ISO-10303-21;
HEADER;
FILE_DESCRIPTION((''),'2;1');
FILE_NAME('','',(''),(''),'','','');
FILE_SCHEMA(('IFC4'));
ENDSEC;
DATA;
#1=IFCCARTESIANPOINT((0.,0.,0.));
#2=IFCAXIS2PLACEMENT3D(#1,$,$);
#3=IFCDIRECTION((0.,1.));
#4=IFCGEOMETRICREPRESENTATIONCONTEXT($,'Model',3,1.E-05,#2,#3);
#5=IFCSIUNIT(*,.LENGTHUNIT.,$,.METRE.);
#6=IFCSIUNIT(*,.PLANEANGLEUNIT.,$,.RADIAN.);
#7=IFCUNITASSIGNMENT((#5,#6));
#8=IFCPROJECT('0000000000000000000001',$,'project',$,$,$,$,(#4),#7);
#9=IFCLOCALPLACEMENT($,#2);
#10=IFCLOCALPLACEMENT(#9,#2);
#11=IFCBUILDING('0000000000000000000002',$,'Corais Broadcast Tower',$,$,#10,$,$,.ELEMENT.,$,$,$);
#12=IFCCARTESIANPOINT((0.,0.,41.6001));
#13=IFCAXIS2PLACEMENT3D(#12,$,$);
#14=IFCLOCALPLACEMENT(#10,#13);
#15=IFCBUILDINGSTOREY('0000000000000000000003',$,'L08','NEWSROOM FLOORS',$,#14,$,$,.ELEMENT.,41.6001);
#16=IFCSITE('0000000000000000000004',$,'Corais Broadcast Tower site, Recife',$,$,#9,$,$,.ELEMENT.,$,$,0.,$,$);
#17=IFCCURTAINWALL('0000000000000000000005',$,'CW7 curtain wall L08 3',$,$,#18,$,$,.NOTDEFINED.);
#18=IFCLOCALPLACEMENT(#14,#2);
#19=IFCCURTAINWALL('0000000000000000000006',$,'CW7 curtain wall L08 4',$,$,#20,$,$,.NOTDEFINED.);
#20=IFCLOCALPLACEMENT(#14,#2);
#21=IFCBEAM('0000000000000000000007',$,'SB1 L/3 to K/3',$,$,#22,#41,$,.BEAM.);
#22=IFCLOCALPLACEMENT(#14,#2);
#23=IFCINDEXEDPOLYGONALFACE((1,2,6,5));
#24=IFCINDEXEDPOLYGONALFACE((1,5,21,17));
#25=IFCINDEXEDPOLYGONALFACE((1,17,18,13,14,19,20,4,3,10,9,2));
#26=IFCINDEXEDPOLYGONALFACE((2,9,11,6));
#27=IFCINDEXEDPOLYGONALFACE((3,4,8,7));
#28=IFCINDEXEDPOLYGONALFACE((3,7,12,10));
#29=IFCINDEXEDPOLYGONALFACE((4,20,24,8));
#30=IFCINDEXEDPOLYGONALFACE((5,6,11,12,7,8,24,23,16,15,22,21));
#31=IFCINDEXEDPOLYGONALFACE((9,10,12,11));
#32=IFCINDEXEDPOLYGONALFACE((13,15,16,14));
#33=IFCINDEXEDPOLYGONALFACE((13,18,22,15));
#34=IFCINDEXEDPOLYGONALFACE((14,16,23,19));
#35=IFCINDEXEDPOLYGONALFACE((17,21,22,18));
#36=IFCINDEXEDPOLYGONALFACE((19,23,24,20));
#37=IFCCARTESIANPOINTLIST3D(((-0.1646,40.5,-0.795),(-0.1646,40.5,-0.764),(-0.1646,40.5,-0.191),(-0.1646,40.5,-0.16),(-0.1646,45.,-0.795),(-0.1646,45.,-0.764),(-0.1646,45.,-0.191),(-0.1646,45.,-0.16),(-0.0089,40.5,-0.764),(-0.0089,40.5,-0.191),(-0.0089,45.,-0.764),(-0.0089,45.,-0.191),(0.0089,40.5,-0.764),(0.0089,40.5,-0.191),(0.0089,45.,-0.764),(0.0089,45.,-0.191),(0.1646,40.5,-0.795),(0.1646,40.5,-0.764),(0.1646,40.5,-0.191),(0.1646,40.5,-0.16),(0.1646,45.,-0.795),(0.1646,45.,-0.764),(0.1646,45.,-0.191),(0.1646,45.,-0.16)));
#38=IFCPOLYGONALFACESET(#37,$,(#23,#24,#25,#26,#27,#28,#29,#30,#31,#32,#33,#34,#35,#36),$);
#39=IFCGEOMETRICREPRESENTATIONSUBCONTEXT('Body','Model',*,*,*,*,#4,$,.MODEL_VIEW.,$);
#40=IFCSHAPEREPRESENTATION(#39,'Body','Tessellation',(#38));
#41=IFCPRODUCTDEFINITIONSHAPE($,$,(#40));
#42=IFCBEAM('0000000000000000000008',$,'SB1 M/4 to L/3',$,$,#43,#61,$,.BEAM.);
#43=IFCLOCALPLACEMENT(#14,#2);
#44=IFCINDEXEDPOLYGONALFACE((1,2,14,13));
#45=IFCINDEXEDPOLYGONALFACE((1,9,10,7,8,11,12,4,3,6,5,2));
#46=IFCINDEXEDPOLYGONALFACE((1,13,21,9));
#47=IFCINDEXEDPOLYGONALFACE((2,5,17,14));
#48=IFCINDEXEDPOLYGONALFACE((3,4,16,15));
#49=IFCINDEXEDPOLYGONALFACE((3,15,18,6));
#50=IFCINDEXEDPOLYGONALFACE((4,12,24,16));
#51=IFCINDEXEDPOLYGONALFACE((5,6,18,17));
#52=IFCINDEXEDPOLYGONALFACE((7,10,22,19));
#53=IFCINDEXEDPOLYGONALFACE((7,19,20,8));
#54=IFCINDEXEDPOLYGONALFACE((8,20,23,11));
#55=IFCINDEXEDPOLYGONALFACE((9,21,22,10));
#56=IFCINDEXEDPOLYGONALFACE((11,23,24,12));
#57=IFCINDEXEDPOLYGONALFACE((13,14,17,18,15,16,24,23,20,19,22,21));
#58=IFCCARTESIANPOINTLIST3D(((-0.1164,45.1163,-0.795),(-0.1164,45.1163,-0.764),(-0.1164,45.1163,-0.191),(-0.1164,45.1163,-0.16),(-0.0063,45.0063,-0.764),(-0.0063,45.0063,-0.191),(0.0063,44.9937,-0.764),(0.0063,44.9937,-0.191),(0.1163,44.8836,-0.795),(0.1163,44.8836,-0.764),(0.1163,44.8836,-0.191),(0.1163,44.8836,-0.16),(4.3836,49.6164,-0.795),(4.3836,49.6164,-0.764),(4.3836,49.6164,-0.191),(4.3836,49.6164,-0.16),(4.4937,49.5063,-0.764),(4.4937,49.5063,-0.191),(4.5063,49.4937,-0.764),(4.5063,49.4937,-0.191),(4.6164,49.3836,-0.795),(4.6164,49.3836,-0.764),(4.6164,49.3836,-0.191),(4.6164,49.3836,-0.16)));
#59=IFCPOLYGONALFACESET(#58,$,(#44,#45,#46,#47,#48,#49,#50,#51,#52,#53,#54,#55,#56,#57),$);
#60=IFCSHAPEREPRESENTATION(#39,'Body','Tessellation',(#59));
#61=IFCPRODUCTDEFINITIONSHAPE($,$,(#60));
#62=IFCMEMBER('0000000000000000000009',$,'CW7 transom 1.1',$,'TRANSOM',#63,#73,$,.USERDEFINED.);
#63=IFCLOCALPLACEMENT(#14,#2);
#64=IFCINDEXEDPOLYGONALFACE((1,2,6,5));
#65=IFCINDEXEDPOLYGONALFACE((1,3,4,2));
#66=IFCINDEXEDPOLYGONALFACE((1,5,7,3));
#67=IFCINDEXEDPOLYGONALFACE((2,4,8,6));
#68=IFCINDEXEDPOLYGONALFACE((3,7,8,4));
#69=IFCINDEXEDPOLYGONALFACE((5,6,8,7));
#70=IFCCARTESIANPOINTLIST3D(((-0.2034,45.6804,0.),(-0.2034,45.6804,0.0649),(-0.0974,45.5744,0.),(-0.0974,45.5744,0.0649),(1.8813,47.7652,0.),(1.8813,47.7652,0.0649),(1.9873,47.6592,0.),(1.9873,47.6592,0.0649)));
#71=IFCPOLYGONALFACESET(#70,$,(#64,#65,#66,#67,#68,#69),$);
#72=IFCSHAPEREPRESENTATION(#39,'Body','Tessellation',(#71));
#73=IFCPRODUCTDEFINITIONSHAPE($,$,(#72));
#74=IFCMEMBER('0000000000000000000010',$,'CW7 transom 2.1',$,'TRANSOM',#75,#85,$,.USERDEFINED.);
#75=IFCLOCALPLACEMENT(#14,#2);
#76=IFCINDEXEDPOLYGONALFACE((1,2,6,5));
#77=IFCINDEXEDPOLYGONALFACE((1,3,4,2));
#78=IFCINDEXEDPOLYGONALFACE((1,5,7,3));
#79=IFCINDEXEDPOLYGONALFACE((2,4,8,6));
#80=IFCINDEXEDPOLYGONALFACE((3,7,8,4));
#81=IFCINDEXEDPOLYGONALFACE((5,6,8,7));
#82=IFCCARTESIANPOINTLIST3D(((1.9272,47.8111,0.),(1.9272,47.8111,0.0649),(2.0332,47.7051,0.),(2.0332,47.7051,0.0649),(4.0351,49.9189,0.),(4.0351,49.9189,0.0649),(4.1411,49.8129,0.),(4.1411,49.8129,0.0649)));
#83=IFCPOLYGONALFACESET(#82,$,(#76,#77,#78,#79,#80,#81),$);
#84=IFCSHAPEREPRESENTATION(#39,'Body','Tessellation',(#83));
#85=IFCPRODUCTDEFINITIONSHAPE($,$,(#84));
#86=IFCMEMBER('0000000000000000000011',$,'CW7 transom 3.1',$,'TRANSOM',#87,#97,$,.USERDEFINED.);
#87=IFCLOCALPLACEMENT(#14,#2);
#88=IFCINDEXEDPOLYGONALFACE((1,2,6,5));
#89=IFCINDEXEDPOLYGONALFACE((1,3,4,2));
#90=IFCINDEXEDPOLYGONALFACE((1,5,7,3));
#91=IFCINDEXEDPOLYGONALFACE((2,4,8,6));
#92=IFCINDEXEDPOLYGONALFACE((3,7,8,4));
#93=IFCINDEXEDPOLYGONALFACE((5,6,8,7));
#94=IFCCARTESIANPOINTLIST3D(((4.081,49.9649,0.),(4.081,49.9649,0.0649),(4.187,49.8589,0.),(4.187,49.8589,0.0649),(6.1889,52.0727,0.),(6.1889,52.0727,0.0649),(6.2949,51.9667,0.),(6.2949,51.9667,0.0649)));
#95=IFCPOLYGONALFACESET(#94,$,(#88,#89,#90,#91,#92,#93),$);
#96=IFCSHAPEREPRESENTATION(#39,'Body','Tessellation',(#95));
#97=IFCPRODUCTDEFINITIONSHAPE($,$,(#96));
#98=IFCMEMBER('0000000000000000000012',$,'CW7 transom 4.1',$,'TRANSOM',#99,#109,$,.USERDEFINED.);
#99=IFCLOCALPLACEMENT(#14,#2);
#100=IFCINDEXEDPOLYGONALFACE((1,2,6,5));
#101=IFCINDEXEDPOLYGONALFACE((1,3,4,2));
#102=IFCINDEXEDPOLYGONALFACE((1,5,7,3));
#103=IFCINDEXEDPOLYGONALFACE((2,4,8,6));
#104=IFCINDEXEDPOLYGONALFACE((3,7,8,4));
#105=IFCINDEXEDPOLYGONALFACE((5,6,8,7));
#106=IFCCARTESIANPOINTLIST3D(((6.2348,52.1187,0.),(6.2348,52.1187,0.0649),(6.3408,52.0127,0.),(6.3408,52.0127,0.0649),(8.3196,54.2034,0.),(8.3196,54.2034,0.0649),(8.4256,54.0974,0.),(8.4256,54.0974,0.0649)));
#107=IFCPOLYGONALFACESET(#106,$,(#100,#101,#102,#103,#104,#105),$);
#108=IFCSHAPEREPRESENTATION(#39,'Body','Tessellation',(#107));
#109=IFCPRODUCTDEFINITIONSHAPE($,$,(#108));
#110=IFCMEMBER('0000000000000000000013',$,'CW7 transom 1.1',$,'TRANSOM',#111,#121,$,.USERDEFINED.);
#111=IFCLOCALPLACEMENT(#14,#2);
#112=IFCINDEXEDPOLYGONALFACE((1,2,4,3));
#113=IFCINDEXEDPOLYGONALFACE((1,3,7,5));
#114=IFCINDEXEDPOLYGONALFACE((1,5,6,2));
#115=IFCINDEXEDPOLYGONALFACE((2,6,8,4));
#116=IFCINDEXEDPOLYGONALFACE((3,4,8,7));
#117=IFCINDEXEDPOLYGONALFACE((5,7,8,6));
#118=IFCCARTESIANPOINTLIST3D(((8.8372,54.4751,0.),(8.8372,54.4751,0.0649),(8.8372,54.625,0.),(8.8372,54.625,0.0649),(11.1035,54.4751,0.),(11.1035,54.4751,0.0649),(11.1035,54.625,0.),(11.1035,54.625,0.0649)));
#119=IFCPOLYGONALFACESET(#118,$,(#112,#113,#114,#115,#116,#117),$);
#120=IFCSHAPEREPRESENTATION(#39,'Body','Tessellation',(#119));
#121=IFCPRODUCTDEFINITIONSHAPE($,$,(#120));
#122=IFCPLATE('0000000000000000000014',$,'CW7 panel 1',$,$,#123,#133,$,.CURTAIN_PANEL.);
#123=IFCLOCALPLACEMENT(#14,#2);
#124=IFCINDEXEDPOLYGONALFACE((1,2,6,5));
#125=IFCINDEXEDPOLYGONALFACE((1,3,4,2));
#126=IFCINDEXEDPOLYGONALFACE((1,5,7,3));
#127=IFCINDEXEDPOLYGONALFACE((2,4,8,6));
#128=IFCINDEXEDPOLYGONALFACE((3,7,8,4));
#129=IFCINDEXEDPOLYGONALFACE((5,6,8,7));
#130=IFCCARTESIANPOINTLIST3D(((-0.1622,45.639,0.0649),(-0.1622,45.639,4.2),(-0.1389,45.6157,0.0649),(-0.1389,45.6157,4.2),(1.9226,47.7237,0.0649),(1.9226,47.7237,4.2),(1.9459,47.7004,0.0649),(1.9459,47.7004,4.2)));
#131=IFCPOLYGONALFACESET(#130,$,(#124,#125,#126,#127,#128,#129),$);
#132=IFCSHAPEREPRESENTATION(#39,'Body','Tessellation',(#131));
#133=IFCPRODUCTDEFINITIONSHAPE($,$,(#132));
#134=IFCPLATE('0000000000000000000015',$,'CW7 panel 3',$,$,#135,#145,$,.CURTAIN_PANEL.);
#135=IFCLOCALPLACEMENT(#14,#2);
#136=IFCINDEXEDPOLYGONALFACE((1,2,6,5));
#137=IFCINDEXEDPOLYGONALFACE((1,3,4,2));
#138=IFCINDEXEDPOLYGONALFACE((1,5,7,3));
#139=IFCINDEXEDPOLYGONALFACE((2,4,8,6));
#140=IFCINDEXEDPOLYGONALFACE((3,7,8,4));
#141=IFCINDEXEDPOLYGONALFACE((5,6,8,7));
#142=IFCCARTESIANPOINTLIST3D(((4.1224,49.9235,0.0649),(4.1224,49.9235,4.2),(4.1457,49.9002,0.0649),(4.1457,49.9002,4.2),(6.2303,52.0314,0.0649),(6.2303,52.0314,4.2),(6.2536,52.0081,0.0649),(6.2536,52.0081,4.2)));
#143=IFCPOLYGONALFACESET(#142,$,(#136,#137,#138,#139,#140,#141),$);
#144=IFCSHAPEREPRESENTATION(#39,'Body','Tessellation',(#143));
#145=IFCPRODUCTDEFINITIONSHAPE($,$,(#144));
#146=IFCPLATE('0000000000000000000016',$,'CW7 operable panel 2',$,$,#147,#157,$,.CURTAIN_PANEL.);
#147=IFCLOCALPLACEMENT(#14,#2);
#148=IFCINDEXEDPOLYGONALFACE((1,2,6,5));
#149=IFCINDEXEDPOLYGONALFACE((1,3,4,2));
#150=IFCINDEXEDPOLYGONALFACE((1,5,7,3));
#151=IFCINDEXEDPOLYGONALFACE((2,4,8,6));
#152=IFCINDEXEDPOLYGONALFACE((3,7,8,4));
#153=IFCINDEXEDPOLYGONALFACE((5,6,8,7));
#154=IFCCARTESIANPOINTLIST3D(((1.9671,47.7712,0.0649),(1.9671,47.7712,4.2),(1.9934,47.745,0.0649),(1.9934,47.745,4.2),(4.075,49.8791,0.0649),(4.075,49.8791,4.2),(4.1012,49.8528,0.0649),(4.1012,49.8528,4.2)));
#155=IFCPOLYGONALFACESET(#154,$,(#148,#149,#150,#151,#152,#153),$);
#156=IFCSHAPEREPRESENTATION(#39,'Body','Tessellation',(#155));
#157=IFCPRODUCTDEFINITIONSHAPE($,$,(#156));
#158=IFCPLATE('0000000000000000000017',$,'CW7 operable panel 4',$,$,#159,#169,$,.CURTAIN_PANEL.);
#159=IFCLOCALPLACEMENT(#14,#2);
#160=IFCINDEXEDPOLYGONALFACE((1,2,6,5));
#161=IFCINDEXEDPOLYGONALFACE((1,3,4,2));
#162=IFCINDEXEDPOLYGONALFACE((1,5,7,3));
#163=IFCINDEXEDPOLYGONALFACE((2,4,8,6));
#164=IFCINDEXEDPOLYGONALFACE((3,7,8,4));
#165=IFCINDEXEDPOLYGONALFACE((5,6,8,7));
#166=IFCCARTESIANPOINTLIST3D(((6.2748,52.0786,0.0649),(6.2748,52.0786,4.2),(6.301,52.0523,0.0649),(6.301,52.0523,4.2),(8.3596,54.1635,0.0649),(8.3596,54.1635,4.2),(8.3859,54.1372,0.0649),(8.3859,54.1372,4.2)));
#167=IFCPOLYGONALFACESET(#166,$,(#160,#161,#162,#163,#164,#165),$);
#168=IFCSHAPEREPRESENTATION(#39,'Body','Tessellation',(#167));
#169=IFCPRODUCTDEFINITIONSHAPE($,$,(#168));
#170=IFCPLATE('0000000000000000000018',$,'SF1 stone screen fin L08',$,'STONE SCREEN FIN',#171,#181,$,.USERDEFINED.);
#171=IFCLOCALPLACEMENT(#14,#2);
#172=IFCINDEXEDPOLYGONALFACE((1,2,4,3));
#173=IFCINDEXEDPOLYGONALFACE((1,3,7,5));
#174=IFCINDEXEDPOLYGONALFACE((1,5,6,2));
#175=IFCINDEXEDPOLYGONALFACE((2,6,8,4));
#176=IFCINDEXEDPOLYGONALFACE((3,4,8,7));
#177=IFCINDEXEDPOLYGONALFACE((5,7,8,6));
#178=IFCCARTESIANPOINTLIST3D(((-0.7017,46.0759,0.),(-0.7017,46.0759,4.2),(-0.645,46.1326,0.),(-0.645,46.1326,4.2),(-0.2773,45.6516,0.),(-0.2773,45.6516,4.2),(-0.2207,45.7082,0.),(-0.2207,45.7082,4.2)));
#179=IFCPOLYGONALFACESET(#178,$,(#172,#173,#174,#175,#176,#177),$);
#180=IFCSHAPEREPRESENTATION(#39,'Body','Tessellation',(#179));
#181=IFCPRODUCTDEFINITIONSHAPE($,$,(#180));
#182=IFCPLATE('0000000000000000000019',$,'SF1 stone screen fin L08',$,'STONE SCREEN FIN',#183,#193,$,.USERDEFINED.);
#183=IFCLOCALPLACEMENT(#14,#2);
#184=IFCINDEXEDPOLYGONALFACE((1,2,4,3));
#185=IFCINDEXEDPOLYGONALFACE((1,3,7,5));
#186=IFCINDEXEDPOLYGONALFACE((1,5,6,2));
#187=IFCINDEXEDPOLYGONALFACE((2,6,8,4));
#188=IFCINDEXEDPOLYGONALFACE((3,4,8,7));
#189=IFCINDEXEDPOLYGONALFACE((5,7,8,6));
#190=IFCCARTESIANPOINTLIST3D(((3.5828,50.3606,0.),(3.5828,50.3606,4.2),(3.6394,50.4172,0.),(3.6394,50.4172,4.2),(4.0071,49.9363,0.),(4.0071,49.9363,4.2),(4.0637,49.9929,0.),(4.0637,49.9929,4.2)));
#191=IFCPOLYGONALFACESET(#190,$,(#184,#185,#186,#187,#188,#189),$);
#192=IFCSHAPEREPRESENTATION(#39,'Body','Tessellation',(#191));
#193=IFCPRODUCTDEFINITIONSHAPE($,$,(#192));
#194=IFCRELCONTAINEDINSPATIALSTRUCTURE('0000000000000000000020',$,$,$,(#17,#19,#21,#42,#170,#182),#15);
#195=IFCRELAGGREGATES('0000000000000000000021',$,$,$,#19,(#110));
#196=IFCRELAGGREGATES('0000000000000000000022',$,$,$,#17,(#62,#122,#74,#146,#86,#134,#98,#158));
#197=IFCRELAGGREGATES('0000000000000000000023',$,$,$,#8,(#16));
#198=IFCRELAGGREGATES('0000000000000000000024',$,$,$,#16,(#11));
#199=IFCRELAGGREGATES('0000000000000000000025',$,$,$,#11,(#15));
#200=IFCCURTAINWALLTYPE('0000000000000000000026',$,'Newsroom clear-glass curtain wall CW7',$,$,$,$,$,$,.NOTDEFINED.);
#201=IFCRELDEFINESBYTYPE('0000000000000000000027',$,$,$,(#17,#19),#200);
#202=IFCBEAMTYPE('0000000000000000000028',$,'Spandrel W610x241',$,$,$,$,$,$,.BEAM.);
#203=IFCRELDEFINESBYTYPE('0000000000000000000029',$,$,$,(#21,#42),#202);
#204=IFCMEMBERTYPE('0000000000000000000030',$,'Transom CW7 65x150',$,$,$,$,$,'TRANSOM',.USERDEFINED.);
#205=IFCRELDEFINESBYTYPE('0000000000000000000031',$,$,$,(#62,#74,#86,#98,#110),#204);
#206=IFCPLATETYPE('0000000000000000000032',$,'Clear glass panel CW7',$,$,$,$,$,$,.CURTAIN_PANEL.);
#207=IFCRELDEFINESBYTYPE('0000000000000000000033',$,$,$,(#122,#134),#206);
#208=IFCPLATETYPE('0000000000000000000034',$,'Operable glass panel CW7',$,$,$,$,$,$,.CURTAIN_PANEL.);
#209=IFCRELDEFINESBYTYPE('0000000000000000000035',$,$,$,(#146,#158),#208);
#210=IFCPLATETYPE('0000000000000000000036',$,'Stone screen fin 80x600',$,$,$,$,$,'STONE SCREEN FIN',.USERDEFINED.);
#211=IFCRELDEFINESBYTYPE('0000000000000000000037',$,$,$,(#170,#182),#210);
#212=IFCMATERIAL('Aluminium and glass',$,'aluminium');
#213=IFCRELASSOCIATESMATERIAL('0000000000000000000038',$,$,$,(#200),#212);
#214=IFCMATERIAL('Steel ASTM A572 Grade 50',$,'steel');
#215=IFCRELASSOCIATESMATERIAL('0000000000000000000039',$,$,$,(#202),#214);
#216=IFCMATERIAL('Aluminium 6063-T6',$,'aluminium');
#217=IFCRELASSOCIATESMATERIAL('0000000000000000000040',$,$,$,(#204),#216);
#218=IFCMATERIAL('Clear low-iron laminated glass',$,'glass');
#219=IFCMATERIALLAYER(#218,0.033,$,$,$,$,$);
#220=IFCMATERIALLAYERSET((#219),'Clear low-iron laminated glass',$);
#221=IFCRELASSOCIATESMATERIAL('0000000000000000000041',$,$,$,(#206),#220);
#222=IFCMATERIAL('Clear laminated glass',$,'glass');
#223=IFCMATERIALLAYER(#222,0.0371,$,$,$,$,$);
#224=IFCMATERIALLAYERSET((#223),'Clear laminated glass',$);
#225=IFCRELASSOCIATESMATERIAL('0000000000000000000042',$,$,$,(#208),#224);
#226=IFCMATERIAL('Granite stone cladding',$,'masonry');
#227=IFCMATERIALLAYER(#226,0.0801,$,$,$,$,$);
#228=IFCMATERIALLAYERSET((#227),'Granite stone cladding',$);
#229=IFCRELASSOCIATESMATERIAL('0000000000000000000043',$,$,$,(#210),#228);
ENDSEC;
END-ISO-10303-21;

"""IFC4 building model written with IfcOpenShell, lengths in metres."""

from ifc_helpers import new_model, si_unit, direction, frame, origin, origin_2d, place, context, subcontext, project, spatial, rectangle, i_section, extrude, material, layer, layer_set, material_profile, profile_set, type_object, element, aggregate, save


model = new_model("IFC4")

# Units and contexts
model_context = context("Model", 3, precision=1e-05, world=origin(), true_north=direction((0.0, 1.0)))
body_context = subcontext(model_context, "Body", "Model", "MODEL_VIEW")
ifc_project = project(units=[si_unit("LENGTHUNIT", "METRE"), si_unit("PLANEANGLEUNIT", "RADIAN")], contexts=[model_context])

# Site, building, storey
site_placement = place(None, origin())
site = spatial("IfcSite", under=ifc_project, at=site_placement, Name="Corais Broadcast Tower site, Recife", CompositionType="ELEMENT", RefElevation=0.0)
building_placement = place(site_placement, origin())
building = spatial("IfcBuilding", under=site, at=building_placement, Name="Corais Broadcast Tower", CompositionType="ELEMENT")
storey_placement = place(building_placement, frame((0.0, 0.0, 41.6001)))
storey = spatial("IfcBuildingStorey", under=building, at=storey_placement, Name="L08", Description="NEWSROOM FLOORS", CompositionType="ELEMENT", Elevation=41.6001)

# Shared definitions
ifc_material_1 = material(Name="Aluminium and glass", Category="aluminium")
curtain_wall_type = type_object("IfcCurtainWallType", Name="Newsroom clear-glass curtain wall CW7", PredefinedType="NOTDEFINED", material=ifc_material_1)

# Curtain wall
curtain_wall_1_placement = place(storey_placement, origin())
curtain_wall_1 = element("IfcCurtainWall", 1, at=curtain_wall_1_placement, inside=storey, type_object=curtain_wall_type, Name="CW7 curtain wall L08 3", PredefinedType="NOTDEFINED")

# Curtain wall
curtain_wall_2_placement = place(storey_placement, origin())
curtain_wall_2 = element("IfcCurtainWall", 2, at=curtain_wall_2_placement, inside=storey, type_object=curtain_wall_type, Name="CW7 curtain wall L08 4", PredefinedType="NOTDEFINED")

# Beams
ifc_material_2 = material(Name="Steel ASTM A572 Grade 50", Category="steel")
ifc_material_profile_1 = material_profile(ifc_material_2, i_section(OverallWidth=0.3291, OverallDepth=0.635, WebThickness=0.0178, FlangeThickness=0.031, at=origin_2d()), Name="W610x241")
ifc_profile_set_1 = profile_set([ifc_material_profile_1], Name="Steel ASTM A572 Grade 50")
beam_type_1 = type_object("IfcBeamType", Name="Spandrel W610x241", PredefinedType="BEAM", material=ifc_profile_set_1)
beam_1_placement = place(storey_placement, frame((0.0, 45.0, -0.4775), z_axis=(0.0, -1.0, 0.0), x_axis=(1.0, 0.0, 0.0)))
element("IfcBeam", 3, at=beam_1_placement, inside=storey, type_object=beam_type_1, Name="SB1 L/3 to K/3", PredefinedType="BEAM", context=body_context, shape_type="SweptSolid", body=[
    extrude(i_section(OverallWidth=0.3291, OverallDepth=0.635, WebThickness=0.0178, FlangeThickness=0.031, at=origin_2d()), origin(), (0.0, 0.0, 1.0), 4.5),
])
beam_2_placement = place(storey_placement, frame((4.5, 49.5, -0.4775), z_axis=(-0.707107, -0.707107, 0.0), x_axis=(0.707107, -0.707107, 0.0)))
element("IfcBeam", 4, at=beam_2_placement, inside=storey, type_object=beam_type_1, Name="SB1 M/4 to L/3", PredefinedType="BEAM", context=body_context, shape_type="SweptSolid", body=[
    extrude(i_section(OverallWidth=0.3291, OverallDepth=0.635, WebThickness=0.0178, FlangeThickness=0.031, at=origin_2d()), origin(), (0.0, 0.0, 1.0), 6.364),
])

# Members
ifc_material_3 = material(Name="Aluminium 6063-T6", Category="aluminium")
ifc_material_profile_2 = material_profile(ifc_material_3, rectangle(XDim=0.1499, YDim=0.0649, at=origin_2d()), Name="Transom CW7 65x150")
ifc_profile_set_2 = profile_set([ifc_material_profile_2], Name="Aluminium 6063-T6")
member_type_1 = type_object("IfcMemberType", Name="Transom CW7 65x150", ElementType="TRANSOM", PredefinedType="USERDEFINED", material=ifc_profile_set_2)
member_1_placement = place(storey_placement, frame((-0.1504, 45.6274, 0.0325), z_axis=(0.707107, 0.707107, 0.0), x_axis=(-0.707107, 0.707107, 0.0)))
member_1 = element("IfcMember", 5, at=member_1_placement, type_object=member_type_1, Name="CW7 transom 1.1", ObjectType="TRANSOM", PredefinedType="USERDEFINED", context=body_context, shape_type="SweptSolid", body=[
    extrude(rectangle(XDim=0.1499, YDim=0.0649, at=origin_2d()), origin(), (0.0, 0.0, 1.0), 2.9482),
])
member_2_placement = place(storey_placement, frame((1.9802, 47.7581, 0.0325), z_axis=(0.707107, 0.707107, 0.0), x_axis=(-0.707107, 0.707107, 0.0)))
member_2 = element("IfcMember", 6, at=member_2_placement, type_object=member_type_1, Name="CW7 transom 2.1", ObjectType="TRANSOM", PredefinedType="USERDEFINED", context=body_context, shape_type="SweptSolid", body=[
    extrude(rectangle(XDim=0.1499, YDim=0.0649, at=origin_2d()), origin(), (0.0, 0.0, 1.0), 2.981),
])
member_3_placement = place(storey_placement, frame((4.134, 49.9119, 0.0325), z_axis=(0.707107, 0.707107, 0.0), x_axis=(-0.707107, 0.707107, 0.0)))
member_3 = element("IfcMember", 7, at=member_3_placement, type_object=member_type_1, Name="CW7 transom 3.1", ObjectType="TRANSOM", PredefinedType="USERDEFINED", context=body_context, shape_type="SweptSolid", body=[
    extrude(rectangle(XDim=0.1499, YDim=0.0649, at=origin_2d()), origin(), (0.0, 0.0, 1.0), 2.981),
])
member_4_placement = place(storey_placement, frame((6.2878, 52.0657, 0.0325), z_axis=(0.707107, 0.707107, 0.0), x_axis=(-0.707107, 0.707107, 0.0)))
member_4 = element("IfcMember", 8, at=member_4_placement, type_object=member_type_1, Name="CW7 transom 4.1", ObjectType="TRANSOM", PredefinedType="USERDEFINED", context=body_context, shape_type="SweptSolid", body=[
    extrude(rectangle(XDim=0.1499, YDim=0.0649, at=origin_2d()), origin(), (0.0, 0.0, 1.0), 2.9482),
])
member_5_placement = place(storey_placement, frame((8.8372, 54.55, 0.0325), z_axis=(1.0, 0.0, 0.0), x_axis=(0.0, 1.0, 0.0)))
member_5 = element("IfcMember", 9, at=member_5_placement, type_object=member_type_1, Name="CW7 transom 1.1", ObjectType="TRANSOM", PredefinedType="USERDEFINED", context=body_context, shape_type="SweptSolid", body=[
    extrude(rectangle(XDim=0.1499, YDim=0.0649, at=origin_2d()), origin(), (0.0, 0.0, 1.0), 2.2664),
])
aggregate(curtain_wall_2, [member_5])

# Plates
ifc_material_4 = material(Name="Clear low-iron laminated glass", Category="glass")
ifc_layer_1 = layer(ifc_material_4, 0.033)
ifc_layer_set_1 = layer_set([ifc_layer_1], Name="Clear low-iron laminated glass")
plate_type_1 = type_object("IfcPlateType", Name="Clear glass panel CW7", PredefinedType="CURTAIN_PANEL", material=ifc_layer_set_1)
plate_1_placement = place(storey_placement, frame((0.8918, 46.6697, 0.0649), z_axis=(0.0, 0.0, 1.0), x_axis=(0.707107, 0.707107, 0.0)))
plate_1 = element("IfcPlate", 10, at=plate_1_placement, type_object=plate_type_1, Name="CW7 panel 1", PredefinedType="CURTAIN_PANEL", context=body_context, shape_type="SweptSolid", body=[
    extrude(rectangle(XDim=2.9482, YDim=0.033, at=origin_2d()), origin(), (0.0, 0.0, 1.0), 4.135),
])
plate_2_placement = place(storey_placement, frame((5.188, 50.9658, 0.0649), z_axis=(0.0, 0.0, 1.0), x_axis=(0.707107, 0.707107, 0.0)))
plate_2 = element("IfcPlate", 11, at=plate_2_placement, type_object=plate_type_1, Name="CW7 panel 3", PredefinedType="CURTAIN_PANEL", context=body_context, shape_type="SweptSolid", body=[
    extrude(rectangle(XDim=2.981, YDim=0.033, at=origin_2d()), origin(), (0.0, 0.0, 1.0), 4.135),
])
ifc_material_5 = material(Name="Clear laminated glass", Category="glass")
ifc_layer_2 = layer(ifc_material_5, 0.0371)
ifc_layer_set_2 = layer_set([ifc_layer_2], Name="Clear laminated glass")
plate_type_2 = type_object("IfcPlateType", Name="Operable glass panel CW7", PredefinedType="CURTAIN_PANEL", material=ifc_layer_set_2)
plate_3_placement = place(storey_placement, frame((3.0342, 48.812, 0.0649), z_axis=(0.0, 0.0, 1.0), x_axis=(0.707107, 0.707107, 0.0)))
plate_3 = element("IfcPlate", 12, at=plate_3_placement, type_object=plate_type_2, Name="CW7 operable panel 2", PredefinedType="CURTAIN_PANEL", context=body_context, shape_type="SweptSolid", body=[
    extrude(rectangle(XDim=2.981, YDim=0.0371, at=origin_2d()), origin(), (0.0, 0.0, 1.0), 4.135),
])
plate_4_placement = place(storey_placement, frame((7.3303, 53.1079, 0.0649), z_axis=(0.0, 0.0, 1.0), x_axis=(0.707107, 0.707107, 0.0)))
plate_4 = element("IfcPlate", 13, at=plate_4_placement, type_object=plate_type_2, Name="CW7 operable panel 4", PredefinedType="CURTAIN_PANEL", context=body_context, shape_type="SweptSolid", body=[
    extrude(rectangle(XDim=2.9485, YDim=0.0371, at=origin_2d()), origin(), (0.0, 0.0, 1.0), 4.135),
])
aggregate(curtain_wall_1, [member_1, plate_1, member_2, plate_3, member_3, plate_2, member_4, plate_4])

# Plates
ifc_material_6 = material(Name="Granite stone cladding", Category="masonry")
ifc_layer_3 = layer(ifc_material_6, 0.0801)
ifc_layer_set_3 = layer_set([ifc_layer_3], Name="Granite stone cladding")
plate_type_3 = type_object("IfcPlateType", Name="Stone screen fin 80x600", ElementType="STONE SCREEN FIN", PredefinedType="USERDEFINED", material=ifc_layer_set_3)
for number, where, z_axis, x_axis, name in (
    (14, (-0.4612, 45.8921, 0.0), (0.0, 0.0, 1.0), (0.707107, 0.707107, 0.0), "SF1 stone screen fin L08"),
    (15, (3.8232, 50.1768, 0.0), (0.0, 0.0, 1.0), (0.707107, 0.707107, 0.0), "SF1 stone screen fin L08"),
):
    element("IfcPlate", number, at=place(storey_placement, frame(where, z_axis=z_axis, x_axis=x_axis)), inside=storey, type_object=plate_type_3, Name=name, ObjectType="STONE SCREEN FIN", PredefinedType="USERDEFINED", context=body_context, shape_type="SweptSolid", body=[
        extrude(rectangle(XDim=0.0801, YDim=0.6001, at=origin_2d()), origin(), (0.0, 0.0, 1.0), 4.2),
    ])

save(model, "model.ifc")
